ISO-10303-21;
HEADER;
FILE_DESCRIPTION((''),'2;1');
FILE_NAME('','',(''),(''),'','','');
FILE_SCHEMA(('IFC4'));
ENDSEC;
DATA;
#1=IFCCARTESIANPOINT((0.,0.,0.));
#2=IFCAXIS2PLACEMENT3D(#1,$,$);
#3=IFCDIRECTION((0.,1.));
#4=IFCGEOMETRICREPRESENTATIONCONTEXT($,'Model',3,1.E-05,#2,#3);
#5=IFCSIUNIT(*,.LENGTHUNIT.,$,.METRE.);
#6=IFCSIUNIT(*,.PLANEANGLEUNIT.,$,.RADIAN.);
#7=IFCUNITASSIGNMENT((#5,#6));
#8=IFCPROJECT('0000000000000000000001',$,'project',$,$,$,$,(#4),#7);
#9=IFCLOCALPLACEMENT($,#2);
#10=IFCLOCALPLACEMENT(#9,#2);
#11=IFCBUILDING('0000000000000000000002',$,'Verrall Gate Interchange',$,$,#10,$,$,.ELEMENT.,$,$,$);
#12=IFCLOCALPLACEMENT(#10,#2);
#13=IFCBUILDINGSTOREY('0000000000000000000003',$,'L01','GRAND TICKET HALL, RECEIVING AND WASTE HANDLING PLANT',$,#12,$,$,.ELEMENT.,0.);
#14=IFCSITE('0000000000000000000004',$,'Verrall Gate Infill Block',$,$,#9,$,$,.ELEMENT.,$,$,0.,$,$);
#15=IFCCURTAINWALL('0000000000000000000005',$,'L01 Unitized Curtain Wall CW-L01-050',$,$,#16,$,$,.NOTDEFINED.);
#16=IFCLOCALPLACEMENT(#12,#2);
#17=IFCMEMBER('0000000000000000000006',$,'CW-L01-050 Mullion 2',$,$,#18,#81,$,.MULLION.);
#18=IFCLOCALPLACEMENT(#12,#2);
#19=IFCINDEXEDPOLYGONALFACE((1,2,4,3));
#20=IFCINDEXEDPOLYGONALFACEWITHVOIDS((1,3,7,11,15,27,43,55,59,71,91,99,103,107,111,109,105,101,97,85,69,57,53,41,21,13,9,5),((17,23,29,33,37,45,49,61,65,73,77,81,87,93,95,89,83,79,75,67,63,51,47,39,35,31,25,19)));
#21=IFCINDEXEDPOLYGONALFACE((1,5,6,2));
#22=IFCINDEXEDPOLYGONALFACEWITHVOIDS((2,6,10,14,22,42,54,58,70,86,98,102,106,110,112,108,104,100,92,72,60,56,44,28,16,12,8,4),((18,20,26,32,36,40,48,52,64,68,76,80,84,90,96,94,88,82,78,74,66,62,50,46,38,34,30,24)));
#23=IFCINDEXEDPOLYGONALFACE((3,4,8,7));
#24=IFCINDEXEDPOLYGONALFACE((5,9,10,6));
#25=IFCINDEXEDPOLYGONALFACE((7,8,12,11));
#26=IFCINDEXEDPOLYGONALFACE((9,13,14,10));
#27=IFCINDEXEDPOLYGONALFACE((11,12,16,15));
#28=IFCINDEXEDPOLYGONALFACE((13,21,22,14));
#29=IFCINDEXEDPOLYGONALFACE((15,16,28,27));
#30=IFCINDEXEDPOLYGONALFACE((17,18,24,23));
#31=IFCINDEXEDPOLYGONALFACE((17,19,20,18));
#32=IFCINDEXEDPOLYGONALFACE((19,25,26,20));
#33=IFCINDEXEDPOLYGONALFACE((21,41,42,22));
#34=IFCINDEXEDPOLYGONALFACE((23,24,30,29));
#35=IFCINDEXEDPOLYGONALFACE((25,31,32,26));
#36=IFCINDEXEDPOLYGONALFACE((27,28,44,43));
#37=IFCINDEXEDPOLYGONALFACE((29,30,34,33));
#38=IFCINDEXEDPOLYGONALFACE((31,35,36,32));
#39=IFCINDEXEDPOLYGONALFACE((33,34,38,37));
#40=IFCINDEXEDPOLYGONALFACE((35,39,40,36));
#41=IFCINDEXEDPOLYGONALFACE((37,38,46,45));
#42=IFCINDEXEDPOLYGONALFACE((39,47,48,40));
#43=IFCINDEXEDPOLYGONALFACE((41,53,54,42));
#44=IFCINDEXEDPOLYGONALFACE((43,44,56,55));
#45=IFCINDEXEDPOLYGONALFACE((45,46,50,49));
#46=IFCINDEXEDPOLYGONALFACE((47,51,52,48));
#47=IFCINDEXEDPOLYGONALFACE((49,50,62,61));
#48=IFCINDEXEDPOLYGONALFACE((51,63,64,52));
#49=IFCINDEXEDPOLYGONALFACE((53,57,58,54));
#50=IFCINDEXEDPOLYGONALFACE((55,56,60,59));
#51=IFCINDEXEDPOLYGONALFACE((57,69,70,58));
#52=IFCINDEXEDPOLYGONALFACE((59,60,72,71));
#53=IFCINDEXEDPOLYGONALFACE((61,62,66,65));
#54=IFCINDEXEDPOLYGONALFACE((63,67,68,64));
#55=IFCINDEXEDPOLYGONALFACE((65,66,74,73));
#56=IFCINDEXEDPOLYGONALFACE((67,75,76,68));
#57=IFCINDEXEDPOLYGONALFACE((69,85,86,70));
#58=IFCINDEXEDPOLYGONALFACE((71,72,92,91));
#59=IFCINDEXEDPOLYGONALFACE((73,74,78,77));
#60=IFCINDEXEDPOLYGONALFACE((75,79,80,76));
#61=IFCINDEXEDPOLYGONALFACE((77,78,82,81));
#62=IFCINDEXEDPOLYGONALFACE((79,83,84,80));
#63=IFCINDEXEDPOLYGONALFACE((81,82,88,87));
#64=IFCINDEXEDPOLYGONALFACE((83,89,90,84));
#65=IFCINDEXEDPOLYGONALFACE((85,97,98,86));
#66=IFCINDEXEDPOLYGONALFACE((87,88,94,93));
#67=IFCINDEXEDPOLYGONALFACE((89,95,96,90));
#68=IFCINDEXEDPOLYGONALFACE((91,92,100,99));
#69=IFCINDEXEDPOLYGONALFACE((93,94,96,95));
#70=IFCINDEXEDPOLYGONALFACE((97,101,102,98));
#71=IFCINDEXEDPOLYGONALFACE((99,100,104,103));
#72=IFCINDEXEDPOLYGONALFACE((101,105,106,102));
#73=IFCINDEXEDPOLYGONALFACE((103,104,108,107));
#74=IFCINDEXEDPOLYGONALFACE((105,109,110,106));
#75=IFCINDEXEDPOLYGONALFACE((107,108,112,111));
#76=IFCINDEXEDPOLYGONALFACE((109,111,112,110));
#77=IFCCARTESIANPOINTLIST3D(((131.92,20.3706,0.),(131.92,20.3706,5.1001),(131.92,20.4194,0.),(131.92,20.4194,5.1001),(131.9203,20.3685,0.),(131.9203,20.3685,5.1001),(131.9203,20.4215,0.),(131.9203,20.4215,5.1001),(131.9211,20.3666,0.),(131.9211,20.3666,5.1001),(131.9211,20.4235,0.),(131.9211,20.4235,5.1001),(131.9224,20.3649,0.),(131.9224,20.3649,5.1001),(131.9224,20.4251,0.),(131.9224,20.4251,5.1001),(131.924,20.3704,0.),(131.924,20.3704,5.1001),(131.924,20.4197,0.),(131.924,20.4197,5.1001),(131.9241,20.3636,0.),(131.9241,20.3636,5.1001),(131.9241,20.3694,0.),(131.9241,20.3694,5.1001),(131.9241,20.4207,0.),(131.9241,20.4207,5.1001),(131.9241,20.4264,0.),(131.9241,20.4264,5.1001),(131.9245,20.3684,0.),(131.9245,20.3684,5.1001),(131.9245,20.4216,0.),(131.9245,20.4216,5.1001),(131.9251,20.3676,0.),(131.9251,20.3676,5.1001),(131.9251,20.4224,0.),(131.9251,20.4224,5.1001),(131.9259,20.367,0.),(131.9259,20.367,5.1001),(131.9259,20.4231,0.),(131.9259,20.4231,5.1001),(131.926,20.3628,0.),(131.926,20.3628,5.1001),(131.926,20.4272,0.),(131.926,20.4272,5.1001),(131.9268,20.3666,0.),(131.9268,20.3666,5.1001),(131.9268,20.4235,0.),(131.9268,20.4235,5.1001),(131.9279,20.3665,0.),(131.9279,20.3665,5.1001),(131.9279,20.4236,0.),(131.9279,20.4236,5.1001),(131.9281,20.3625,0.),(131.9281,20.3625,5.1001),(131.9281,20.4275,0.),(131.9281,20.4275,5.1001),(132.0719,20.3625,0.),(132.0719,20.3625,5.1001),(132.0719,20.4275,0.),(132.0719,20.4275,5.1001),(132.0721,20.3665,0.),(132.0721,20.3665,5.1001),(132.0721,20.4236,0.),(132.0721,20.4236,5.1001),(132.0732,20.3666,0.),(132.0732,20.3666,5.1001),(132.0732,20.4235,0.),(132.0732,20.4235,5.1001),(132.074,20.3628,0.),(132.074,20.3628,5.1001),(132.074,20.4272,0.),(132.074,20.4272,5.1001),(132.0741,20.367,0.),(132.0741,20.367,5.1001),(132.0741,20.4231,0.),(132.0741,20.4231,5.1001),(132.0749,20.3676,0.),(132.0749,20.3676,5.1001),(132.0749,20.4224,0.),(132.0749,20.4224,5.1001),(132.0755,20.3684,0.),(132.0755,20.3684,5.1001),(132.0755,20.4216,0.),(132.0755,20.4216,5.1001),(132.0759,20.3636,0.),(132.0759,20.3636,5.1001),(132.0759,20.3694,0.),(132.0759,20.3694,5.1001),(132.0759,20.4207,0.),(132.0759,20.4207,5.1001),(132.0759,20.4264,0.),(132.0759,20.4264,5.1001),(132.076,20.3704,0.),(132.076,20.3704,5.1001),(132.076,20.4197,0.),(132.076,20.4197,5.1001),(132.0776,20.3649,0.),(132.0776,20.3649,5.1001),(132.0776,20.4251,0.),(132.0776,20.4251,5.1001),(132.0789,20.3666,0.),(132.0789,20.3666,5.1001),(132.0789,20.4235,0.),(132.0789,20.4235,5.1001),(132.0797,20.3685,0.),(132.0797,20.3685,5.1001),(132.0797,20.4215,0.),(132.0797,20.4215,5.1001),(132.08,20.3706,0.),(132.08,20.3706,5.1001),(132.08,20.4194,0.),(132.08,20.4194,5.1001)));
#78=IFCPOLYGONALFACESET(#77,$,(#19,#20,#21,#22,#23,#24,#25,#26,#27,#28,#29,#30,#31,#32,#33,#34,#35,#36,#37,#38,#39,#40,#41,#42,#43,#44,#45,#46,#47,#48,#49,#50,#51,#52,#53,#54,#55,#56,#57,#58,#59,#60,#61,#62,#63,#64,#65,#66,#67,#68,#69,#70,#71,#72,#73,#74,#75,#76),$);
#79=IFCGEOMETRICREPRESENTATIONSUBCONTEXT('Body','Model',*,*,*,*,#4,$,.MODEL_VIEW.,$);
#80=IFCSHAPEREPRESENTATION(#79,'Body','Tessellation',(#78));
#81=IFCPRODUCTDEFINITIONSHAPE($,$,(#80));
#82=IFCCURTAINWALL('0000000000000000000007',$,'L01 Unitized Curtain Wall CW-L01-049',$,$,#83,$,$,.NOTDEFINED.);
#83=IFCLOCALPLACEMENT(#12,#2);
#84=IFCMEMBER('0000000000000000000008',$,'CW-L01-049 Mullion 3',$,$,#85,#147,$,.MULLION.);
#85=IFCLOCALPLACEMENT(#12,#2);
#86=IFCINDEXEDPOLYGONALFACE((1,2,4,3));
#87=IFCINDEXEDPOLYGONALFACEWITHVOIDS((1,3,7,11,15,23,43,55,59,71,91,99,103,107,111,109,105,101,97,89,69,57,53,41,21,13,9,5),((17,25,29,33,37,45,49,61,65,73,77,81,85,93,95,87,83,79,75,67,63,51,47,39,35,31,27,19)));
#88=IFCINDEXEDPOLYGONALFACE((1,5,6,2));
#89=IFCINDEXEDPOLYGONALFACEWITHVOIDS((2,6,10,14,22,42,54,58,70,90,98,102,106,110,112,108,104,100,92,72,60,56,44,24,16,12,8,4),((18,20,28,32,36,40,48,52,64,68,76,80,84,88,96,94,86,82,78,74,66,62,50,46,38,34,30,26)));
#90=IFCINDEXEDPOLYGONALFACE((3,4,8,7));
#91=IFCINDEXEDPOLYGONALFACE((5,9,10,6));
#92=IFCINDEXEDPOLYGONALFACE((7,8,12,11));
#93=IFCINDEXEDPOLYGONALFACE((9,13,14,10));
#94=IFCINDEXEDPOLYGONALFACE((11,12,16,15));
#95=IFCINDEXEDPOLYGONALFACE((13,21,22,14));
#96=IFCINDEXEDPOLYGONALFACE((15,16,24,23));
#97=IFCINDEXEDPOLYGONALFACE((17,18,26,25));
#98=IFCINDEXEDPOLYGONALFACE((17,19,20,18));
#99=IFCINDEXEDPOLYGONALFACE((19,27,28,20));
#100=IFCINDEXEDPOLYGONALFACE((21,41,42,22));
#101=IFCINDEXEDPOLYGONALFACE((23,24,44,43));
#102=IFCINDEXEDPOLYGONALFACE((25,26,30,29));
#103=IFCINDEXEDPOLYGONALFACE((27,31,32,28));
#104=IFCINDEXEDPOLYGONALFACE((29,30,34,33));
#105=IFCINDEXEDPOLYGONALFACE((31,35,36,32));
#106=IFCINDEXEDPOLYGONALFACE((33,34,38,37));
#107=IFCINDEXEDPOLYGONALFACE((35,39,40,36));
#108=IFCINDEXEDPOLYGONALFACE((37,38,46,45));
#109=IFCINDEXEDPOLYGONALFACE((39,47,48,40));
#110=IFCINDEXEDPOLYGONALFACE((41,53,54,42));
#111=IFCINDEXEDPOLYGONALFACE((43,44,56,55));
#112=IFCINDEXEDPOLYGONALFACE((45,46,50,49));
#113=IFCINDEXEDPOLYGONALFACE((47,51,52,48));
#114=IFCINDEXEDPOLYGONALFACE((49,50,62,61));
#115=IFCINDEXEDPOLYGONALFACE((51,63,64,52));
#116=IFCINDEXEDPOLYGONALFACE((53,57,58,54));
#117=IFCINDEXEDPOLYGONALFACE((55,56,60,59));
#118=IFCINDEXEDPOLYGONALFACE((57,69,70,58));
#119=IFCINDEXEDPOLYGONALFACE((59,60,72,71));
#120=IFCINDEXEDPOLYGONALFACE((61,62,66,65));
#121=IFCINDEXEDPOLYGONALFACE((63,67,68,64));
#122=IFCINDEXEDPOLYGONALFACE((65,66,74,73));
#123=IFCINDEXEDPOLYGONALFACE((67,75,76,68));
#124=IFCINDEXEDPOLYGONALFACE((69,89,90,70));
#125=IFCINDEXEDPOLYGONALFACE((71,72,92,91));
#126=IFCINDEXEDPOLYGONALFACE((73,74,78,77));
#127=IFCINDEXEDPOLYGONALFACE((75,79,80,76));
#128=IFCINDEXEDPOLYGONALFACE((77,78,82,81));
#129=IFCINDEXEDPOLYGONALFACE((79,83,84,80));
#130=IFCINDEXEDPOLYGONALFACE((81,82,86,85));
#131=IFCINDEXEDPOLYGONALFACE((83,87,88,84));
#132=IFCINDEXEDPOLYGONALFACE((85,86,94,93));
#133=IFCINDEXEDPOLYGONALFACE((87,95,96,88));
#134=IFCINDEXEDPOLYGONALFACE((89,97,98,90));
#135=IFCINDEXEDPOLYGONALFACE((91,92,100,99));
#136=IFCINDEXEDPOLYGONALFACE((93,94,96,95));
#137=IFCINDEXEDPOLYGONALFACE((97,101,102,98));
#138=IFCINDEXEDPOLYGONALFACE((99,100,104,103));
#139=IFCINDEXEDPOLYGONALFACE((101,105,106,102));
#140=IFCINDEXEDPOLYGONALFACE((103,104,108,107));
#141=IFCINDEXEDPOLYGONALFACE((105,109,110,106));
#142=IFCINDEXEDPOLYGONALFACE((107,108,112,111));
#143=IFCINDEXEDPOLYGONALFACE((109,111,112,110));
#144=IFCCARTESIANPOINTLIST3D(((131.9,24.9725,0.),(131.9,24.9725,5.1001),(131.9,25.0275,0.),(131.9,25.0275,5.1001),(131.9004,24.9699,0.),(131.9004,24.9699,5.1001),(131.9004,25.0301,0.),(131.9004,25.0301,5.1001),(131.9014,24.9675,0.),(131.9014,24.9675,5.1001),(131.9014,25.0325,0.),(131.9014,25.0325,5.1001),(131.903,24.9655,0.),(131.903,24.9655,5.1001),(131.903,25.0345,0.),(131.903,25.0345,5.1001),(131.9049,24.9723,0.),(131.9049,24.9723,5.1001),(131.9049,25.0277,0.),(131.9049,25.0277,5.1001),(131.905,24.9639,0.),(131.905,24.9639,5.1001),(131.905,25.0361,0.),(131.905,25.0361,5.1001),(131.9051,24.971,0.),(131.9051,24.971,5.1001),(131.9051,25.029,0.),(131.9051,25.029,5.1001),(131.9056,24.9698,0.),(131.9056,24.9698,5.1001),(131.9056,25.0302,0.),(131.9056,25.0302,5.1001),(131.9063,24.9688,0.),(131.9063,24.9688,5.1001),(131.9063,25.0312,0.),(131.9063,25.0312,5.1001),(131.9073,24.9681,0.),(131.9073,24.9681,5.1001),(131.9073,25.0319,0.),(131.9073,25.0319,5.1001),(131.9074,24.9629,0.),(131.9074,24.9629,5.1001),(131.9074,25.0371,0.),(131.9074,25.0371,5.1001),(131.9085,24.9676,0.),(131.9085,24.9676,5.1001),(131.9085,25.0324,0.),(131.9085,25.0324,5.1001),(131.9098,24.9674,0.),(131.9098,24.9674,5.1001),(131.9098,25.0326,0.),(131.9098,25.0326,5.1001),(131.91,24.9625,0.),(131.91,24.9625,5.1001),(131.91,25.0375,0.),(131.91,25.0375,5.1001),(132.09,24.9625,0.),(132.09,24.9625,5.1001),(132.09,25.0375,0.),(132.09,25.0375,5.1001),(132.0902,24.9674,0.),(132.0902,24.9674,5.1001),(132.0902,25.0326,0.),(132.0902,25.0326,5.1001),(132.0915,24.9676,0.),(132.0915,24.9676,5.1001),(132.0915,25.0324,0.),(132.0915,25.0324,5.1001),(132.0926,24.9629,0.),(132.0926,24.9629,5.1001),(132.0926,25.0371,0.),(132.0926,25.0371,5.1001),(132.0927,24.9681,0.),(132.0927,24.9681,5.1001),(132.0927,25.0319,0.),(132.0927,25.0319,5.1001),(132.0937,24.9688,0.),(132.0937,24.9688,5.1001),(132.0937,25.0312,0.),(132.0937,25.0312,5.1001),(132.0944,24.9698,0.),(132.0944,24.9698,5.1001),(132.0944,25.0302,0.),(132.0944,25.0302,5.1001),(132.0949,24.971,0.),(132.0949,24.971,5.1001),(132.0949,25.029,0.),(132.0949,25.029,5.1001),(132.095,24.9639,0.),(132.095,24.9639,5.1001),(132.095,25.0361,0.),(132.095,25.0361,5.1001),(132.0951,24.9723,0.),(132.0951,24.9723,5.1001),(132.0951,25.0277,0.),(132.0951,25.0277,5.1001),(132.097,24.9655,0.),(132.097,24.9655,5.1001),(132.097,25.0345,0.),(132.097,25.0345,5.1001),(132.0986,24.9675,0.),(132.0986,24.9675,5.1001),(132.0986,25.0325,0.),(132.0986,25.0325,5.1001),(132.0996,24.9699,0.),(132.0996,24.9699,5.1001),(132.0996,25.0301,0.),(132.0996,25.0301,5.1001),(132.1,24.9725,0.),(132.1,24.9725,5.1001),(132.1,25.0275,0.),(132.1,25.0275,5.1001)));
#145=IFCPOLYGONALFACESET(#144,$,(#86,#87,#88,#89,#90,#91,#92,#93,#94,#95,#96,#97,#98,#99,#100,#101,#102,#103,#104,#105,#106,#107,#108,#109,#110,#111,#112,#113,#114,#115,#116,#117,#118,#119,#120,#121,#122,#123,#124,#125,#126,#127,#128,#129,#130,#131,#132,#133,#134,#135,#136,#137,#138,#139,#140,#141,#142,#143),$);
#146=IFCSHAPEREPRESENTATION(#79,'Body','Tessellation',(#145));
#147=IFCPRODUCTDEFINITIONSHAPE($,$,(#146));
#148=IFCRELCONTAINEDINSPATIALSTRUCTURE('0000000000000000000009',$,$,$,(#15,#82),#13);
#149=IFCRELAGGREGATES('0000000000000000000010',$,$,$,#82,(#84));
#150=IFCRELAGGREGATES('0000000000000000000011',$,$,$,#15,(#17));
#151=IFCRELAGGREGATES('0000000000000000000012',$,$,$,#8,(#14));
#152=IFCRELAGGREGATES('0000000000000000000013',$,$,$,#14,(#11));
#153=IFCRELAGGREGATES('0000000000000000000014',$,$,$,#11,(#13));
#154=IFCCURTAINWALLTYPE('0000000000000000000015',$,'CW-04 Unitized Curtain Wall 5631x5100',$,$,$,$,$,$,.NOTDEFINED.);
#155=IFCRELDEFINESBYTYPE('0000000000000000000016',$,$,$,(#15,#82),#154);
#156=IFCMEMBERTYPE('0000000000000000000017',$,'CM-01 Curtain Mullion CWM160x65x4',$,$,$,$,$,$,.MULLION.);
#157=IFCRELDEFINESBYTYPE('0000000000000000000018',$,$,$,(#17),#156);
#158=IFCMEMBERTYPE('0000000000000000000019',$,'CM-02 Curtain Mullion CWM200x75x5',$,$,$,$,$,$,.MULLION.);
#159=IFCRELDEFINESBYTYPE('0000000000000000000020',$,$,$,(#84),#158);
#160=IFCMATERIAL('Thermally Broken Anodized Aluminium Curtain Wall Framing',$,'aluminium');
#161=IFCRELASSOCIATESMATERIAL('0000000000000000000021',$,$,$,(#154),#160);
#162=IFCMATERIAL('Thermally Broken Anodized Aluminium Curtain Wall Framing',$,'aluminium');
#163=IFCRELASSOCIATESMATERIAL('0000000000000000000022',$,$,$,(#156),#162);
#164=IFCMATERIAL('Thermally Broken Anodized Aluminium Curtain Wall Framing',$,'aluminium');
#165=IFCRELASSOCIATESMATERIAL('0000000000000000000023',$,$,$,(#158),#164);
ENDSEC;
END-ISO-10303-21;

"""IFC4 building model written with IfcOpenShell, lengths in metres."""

from ifc_helpers import new_model, si_unit, direction, frame, origin, origin_2d, place, context, subcontext, project, spatial, hollow_rectangle, extrude, material, material_profile, profile_set, type_object, element, aggregate, save


model = new_model("IFC4")

# Units and contexts
model_context = context("Model", 3, precision=1e-05, world=origin(), true_north=direction((0.0, 1.0)))
body_context = subcontext(model_context, "Body", "Model", "MODEL_VIEW")
ifc_project = project(units=[si_unit("LENGTHUNIT", "METRE"), si_unit("PLANEANGLEUNIT", "RADIAN")], contexts=[model_context])

# Site, building, storey
site_placement = place(None, origin())
site = spatial("IfcSite", under=ifc_project, at=site_placement, Name="Verrall Gate Infill Block", CompositionType="ELEMENT", RefElevation=0.0)
building_placement = place(site_placement, origin())
building = spatial("IfcBuilding", under=site, at=building_placement, Name="Verrall Gate Interchange", CompositionType="ELEMENT")
storey_placement = place(building_placement, origin())
storey = spatial("IfcBuildingStorey", under=building, at=storey_placement, Name="L01", Description="GRAND TICKET HALL, RECEIVING AND WASTE HANDLING PLANT", CompositionType="ELEMENT", Elevation=0.0)

# Curtain walls, members
ifc_material_1 = material(Name="Thermally Broken Anodized Aluminium Curtain Wall Framing", Category="aluminium")
curtain_wall_type = type_object("IfcCurtainWallType", Name="CW-04 Unitized Curtain Wall 5631x5100", PredefinedType="NOTDEFINED", material=ifc_material_1)
curtain_wall_1_placement = place(storey_placement, origin())
curtain_wall_1 = element("IfcCurtainWall", 1, at=curtain_wall_1_placement, inside=storey, type_object=curtain_wall_type, Name="L01 Unitized Curtain Wall CW-L01-050", PredefinedType="NOTDEFINED")
ifc_material_2 = material(Name="Thermally Broken Anodized Aluminium Curtain Wall Framing", Category="aluminium")
ifc_material_profile_1 = material_profile(ifc_material_2, hollow_rectangle(XDim=0.0649, YDim=0.1599, WallThickness=0.0039, InnerFilletRadius=0.0039, OuterFilletRadius=0.0081, at=origin_2d()), Name="CWM160x65x4")
ifc_profile_set_1 = profile_set([ifc_material_profile_1], Name="Thermally Broken Anodized Aluminium Curtain Wall Framing")
member_type_1 = type_object("IfcMemberType", Name="CM-01 Curtain Mullion CWM160x65x4", PredefinedType="MULLION", material=ifc_profile_set_1)
member_1_placement = place(storey_placement, frame((132.0, 20.395, 0.0), z_axis=(0.0, 0.0, 1.0), x_axis=(0.0, -1.0, 0.0)))
member_1 = element("IfcMember", 2, at=member_1_placement, type_object=member_type_1, Name="CW-L01-050 Mullion 2", PredefinedType="MULLION", context=body_context, shape_type="SweptSolid", body=[
    extrude(hollow_rectangle(XDim=0.0649, YDim=0.1599, WallThickness=0.0039, InnerFilletRadius=0.0039, OuterFilletRadius=0.0081, at=origin_2d()), origin(), (0.0, 0.0, 1.0), 5.1001),
])
curtain_wall_2_placement = place(storey_placement, origin())
curtain_wall_2 = element("IfcCurtainWall", 3, at=curtain_wall_2_placement, inside=storey, type_object=curtain_wall_type, Name="L01 Unitized Curtain Wall CW-L01-049", PredefinedType="NOTDEFINED")
ifc_material_3 = material(Name="Thermally Broken Anodized Aluminium Curtain Wall Framing", Category="aluminium")
ifc_material_profile_2 = material_profile(ifc_material_3, hollow_rectangle(XDim=0.075, YDim=0.2, WallThickness=0.0049, InnerFilletRadius=0.0049, OuterFilletRadius=0.01, at=origin_2d()), Name="CWM200x75x5")
ifc_profile_set_2 = profile_set([ifc_material_profile_2], Name="Thermally Broken Anodized Aluminium Curtain Wall Framing")
member_type_2 = type_object("IfcMemberType", Name="CM-02 Curtain Mullion CWM200x75x5", PredefinedType="MULLION", material=ifc_profile_set_2)
member_2_placement = place(storey_placement, frame((132.0, 25.0, 0.0), z_axis=(0.0, 0.0, 1.0), x_axis=(0.0, -1.0, 0.0)))
member_2 = element("IfcMember", 4, at=member_2_placement, type_object=member_type_2, Name="CW-L01-049 Mullion 3", PredefinedType="MULLION", context=body_context, shape_type="SweptSolid", body=[
    extrude(hollow_rectangle(XDim=0.075, YDim=0.2, WallThickness=0.0049, InnerFilletRadius=0.0049, OuterFilletRadius=0.01, at=origin_2d()), origin(), (0.0, 0.0, 1.0), 5.1001),
])

aggregate(curtain_wall_2, [member_2])
aggregate(curtain_wall_1, [member_1])

save(model, "model.ifc")
